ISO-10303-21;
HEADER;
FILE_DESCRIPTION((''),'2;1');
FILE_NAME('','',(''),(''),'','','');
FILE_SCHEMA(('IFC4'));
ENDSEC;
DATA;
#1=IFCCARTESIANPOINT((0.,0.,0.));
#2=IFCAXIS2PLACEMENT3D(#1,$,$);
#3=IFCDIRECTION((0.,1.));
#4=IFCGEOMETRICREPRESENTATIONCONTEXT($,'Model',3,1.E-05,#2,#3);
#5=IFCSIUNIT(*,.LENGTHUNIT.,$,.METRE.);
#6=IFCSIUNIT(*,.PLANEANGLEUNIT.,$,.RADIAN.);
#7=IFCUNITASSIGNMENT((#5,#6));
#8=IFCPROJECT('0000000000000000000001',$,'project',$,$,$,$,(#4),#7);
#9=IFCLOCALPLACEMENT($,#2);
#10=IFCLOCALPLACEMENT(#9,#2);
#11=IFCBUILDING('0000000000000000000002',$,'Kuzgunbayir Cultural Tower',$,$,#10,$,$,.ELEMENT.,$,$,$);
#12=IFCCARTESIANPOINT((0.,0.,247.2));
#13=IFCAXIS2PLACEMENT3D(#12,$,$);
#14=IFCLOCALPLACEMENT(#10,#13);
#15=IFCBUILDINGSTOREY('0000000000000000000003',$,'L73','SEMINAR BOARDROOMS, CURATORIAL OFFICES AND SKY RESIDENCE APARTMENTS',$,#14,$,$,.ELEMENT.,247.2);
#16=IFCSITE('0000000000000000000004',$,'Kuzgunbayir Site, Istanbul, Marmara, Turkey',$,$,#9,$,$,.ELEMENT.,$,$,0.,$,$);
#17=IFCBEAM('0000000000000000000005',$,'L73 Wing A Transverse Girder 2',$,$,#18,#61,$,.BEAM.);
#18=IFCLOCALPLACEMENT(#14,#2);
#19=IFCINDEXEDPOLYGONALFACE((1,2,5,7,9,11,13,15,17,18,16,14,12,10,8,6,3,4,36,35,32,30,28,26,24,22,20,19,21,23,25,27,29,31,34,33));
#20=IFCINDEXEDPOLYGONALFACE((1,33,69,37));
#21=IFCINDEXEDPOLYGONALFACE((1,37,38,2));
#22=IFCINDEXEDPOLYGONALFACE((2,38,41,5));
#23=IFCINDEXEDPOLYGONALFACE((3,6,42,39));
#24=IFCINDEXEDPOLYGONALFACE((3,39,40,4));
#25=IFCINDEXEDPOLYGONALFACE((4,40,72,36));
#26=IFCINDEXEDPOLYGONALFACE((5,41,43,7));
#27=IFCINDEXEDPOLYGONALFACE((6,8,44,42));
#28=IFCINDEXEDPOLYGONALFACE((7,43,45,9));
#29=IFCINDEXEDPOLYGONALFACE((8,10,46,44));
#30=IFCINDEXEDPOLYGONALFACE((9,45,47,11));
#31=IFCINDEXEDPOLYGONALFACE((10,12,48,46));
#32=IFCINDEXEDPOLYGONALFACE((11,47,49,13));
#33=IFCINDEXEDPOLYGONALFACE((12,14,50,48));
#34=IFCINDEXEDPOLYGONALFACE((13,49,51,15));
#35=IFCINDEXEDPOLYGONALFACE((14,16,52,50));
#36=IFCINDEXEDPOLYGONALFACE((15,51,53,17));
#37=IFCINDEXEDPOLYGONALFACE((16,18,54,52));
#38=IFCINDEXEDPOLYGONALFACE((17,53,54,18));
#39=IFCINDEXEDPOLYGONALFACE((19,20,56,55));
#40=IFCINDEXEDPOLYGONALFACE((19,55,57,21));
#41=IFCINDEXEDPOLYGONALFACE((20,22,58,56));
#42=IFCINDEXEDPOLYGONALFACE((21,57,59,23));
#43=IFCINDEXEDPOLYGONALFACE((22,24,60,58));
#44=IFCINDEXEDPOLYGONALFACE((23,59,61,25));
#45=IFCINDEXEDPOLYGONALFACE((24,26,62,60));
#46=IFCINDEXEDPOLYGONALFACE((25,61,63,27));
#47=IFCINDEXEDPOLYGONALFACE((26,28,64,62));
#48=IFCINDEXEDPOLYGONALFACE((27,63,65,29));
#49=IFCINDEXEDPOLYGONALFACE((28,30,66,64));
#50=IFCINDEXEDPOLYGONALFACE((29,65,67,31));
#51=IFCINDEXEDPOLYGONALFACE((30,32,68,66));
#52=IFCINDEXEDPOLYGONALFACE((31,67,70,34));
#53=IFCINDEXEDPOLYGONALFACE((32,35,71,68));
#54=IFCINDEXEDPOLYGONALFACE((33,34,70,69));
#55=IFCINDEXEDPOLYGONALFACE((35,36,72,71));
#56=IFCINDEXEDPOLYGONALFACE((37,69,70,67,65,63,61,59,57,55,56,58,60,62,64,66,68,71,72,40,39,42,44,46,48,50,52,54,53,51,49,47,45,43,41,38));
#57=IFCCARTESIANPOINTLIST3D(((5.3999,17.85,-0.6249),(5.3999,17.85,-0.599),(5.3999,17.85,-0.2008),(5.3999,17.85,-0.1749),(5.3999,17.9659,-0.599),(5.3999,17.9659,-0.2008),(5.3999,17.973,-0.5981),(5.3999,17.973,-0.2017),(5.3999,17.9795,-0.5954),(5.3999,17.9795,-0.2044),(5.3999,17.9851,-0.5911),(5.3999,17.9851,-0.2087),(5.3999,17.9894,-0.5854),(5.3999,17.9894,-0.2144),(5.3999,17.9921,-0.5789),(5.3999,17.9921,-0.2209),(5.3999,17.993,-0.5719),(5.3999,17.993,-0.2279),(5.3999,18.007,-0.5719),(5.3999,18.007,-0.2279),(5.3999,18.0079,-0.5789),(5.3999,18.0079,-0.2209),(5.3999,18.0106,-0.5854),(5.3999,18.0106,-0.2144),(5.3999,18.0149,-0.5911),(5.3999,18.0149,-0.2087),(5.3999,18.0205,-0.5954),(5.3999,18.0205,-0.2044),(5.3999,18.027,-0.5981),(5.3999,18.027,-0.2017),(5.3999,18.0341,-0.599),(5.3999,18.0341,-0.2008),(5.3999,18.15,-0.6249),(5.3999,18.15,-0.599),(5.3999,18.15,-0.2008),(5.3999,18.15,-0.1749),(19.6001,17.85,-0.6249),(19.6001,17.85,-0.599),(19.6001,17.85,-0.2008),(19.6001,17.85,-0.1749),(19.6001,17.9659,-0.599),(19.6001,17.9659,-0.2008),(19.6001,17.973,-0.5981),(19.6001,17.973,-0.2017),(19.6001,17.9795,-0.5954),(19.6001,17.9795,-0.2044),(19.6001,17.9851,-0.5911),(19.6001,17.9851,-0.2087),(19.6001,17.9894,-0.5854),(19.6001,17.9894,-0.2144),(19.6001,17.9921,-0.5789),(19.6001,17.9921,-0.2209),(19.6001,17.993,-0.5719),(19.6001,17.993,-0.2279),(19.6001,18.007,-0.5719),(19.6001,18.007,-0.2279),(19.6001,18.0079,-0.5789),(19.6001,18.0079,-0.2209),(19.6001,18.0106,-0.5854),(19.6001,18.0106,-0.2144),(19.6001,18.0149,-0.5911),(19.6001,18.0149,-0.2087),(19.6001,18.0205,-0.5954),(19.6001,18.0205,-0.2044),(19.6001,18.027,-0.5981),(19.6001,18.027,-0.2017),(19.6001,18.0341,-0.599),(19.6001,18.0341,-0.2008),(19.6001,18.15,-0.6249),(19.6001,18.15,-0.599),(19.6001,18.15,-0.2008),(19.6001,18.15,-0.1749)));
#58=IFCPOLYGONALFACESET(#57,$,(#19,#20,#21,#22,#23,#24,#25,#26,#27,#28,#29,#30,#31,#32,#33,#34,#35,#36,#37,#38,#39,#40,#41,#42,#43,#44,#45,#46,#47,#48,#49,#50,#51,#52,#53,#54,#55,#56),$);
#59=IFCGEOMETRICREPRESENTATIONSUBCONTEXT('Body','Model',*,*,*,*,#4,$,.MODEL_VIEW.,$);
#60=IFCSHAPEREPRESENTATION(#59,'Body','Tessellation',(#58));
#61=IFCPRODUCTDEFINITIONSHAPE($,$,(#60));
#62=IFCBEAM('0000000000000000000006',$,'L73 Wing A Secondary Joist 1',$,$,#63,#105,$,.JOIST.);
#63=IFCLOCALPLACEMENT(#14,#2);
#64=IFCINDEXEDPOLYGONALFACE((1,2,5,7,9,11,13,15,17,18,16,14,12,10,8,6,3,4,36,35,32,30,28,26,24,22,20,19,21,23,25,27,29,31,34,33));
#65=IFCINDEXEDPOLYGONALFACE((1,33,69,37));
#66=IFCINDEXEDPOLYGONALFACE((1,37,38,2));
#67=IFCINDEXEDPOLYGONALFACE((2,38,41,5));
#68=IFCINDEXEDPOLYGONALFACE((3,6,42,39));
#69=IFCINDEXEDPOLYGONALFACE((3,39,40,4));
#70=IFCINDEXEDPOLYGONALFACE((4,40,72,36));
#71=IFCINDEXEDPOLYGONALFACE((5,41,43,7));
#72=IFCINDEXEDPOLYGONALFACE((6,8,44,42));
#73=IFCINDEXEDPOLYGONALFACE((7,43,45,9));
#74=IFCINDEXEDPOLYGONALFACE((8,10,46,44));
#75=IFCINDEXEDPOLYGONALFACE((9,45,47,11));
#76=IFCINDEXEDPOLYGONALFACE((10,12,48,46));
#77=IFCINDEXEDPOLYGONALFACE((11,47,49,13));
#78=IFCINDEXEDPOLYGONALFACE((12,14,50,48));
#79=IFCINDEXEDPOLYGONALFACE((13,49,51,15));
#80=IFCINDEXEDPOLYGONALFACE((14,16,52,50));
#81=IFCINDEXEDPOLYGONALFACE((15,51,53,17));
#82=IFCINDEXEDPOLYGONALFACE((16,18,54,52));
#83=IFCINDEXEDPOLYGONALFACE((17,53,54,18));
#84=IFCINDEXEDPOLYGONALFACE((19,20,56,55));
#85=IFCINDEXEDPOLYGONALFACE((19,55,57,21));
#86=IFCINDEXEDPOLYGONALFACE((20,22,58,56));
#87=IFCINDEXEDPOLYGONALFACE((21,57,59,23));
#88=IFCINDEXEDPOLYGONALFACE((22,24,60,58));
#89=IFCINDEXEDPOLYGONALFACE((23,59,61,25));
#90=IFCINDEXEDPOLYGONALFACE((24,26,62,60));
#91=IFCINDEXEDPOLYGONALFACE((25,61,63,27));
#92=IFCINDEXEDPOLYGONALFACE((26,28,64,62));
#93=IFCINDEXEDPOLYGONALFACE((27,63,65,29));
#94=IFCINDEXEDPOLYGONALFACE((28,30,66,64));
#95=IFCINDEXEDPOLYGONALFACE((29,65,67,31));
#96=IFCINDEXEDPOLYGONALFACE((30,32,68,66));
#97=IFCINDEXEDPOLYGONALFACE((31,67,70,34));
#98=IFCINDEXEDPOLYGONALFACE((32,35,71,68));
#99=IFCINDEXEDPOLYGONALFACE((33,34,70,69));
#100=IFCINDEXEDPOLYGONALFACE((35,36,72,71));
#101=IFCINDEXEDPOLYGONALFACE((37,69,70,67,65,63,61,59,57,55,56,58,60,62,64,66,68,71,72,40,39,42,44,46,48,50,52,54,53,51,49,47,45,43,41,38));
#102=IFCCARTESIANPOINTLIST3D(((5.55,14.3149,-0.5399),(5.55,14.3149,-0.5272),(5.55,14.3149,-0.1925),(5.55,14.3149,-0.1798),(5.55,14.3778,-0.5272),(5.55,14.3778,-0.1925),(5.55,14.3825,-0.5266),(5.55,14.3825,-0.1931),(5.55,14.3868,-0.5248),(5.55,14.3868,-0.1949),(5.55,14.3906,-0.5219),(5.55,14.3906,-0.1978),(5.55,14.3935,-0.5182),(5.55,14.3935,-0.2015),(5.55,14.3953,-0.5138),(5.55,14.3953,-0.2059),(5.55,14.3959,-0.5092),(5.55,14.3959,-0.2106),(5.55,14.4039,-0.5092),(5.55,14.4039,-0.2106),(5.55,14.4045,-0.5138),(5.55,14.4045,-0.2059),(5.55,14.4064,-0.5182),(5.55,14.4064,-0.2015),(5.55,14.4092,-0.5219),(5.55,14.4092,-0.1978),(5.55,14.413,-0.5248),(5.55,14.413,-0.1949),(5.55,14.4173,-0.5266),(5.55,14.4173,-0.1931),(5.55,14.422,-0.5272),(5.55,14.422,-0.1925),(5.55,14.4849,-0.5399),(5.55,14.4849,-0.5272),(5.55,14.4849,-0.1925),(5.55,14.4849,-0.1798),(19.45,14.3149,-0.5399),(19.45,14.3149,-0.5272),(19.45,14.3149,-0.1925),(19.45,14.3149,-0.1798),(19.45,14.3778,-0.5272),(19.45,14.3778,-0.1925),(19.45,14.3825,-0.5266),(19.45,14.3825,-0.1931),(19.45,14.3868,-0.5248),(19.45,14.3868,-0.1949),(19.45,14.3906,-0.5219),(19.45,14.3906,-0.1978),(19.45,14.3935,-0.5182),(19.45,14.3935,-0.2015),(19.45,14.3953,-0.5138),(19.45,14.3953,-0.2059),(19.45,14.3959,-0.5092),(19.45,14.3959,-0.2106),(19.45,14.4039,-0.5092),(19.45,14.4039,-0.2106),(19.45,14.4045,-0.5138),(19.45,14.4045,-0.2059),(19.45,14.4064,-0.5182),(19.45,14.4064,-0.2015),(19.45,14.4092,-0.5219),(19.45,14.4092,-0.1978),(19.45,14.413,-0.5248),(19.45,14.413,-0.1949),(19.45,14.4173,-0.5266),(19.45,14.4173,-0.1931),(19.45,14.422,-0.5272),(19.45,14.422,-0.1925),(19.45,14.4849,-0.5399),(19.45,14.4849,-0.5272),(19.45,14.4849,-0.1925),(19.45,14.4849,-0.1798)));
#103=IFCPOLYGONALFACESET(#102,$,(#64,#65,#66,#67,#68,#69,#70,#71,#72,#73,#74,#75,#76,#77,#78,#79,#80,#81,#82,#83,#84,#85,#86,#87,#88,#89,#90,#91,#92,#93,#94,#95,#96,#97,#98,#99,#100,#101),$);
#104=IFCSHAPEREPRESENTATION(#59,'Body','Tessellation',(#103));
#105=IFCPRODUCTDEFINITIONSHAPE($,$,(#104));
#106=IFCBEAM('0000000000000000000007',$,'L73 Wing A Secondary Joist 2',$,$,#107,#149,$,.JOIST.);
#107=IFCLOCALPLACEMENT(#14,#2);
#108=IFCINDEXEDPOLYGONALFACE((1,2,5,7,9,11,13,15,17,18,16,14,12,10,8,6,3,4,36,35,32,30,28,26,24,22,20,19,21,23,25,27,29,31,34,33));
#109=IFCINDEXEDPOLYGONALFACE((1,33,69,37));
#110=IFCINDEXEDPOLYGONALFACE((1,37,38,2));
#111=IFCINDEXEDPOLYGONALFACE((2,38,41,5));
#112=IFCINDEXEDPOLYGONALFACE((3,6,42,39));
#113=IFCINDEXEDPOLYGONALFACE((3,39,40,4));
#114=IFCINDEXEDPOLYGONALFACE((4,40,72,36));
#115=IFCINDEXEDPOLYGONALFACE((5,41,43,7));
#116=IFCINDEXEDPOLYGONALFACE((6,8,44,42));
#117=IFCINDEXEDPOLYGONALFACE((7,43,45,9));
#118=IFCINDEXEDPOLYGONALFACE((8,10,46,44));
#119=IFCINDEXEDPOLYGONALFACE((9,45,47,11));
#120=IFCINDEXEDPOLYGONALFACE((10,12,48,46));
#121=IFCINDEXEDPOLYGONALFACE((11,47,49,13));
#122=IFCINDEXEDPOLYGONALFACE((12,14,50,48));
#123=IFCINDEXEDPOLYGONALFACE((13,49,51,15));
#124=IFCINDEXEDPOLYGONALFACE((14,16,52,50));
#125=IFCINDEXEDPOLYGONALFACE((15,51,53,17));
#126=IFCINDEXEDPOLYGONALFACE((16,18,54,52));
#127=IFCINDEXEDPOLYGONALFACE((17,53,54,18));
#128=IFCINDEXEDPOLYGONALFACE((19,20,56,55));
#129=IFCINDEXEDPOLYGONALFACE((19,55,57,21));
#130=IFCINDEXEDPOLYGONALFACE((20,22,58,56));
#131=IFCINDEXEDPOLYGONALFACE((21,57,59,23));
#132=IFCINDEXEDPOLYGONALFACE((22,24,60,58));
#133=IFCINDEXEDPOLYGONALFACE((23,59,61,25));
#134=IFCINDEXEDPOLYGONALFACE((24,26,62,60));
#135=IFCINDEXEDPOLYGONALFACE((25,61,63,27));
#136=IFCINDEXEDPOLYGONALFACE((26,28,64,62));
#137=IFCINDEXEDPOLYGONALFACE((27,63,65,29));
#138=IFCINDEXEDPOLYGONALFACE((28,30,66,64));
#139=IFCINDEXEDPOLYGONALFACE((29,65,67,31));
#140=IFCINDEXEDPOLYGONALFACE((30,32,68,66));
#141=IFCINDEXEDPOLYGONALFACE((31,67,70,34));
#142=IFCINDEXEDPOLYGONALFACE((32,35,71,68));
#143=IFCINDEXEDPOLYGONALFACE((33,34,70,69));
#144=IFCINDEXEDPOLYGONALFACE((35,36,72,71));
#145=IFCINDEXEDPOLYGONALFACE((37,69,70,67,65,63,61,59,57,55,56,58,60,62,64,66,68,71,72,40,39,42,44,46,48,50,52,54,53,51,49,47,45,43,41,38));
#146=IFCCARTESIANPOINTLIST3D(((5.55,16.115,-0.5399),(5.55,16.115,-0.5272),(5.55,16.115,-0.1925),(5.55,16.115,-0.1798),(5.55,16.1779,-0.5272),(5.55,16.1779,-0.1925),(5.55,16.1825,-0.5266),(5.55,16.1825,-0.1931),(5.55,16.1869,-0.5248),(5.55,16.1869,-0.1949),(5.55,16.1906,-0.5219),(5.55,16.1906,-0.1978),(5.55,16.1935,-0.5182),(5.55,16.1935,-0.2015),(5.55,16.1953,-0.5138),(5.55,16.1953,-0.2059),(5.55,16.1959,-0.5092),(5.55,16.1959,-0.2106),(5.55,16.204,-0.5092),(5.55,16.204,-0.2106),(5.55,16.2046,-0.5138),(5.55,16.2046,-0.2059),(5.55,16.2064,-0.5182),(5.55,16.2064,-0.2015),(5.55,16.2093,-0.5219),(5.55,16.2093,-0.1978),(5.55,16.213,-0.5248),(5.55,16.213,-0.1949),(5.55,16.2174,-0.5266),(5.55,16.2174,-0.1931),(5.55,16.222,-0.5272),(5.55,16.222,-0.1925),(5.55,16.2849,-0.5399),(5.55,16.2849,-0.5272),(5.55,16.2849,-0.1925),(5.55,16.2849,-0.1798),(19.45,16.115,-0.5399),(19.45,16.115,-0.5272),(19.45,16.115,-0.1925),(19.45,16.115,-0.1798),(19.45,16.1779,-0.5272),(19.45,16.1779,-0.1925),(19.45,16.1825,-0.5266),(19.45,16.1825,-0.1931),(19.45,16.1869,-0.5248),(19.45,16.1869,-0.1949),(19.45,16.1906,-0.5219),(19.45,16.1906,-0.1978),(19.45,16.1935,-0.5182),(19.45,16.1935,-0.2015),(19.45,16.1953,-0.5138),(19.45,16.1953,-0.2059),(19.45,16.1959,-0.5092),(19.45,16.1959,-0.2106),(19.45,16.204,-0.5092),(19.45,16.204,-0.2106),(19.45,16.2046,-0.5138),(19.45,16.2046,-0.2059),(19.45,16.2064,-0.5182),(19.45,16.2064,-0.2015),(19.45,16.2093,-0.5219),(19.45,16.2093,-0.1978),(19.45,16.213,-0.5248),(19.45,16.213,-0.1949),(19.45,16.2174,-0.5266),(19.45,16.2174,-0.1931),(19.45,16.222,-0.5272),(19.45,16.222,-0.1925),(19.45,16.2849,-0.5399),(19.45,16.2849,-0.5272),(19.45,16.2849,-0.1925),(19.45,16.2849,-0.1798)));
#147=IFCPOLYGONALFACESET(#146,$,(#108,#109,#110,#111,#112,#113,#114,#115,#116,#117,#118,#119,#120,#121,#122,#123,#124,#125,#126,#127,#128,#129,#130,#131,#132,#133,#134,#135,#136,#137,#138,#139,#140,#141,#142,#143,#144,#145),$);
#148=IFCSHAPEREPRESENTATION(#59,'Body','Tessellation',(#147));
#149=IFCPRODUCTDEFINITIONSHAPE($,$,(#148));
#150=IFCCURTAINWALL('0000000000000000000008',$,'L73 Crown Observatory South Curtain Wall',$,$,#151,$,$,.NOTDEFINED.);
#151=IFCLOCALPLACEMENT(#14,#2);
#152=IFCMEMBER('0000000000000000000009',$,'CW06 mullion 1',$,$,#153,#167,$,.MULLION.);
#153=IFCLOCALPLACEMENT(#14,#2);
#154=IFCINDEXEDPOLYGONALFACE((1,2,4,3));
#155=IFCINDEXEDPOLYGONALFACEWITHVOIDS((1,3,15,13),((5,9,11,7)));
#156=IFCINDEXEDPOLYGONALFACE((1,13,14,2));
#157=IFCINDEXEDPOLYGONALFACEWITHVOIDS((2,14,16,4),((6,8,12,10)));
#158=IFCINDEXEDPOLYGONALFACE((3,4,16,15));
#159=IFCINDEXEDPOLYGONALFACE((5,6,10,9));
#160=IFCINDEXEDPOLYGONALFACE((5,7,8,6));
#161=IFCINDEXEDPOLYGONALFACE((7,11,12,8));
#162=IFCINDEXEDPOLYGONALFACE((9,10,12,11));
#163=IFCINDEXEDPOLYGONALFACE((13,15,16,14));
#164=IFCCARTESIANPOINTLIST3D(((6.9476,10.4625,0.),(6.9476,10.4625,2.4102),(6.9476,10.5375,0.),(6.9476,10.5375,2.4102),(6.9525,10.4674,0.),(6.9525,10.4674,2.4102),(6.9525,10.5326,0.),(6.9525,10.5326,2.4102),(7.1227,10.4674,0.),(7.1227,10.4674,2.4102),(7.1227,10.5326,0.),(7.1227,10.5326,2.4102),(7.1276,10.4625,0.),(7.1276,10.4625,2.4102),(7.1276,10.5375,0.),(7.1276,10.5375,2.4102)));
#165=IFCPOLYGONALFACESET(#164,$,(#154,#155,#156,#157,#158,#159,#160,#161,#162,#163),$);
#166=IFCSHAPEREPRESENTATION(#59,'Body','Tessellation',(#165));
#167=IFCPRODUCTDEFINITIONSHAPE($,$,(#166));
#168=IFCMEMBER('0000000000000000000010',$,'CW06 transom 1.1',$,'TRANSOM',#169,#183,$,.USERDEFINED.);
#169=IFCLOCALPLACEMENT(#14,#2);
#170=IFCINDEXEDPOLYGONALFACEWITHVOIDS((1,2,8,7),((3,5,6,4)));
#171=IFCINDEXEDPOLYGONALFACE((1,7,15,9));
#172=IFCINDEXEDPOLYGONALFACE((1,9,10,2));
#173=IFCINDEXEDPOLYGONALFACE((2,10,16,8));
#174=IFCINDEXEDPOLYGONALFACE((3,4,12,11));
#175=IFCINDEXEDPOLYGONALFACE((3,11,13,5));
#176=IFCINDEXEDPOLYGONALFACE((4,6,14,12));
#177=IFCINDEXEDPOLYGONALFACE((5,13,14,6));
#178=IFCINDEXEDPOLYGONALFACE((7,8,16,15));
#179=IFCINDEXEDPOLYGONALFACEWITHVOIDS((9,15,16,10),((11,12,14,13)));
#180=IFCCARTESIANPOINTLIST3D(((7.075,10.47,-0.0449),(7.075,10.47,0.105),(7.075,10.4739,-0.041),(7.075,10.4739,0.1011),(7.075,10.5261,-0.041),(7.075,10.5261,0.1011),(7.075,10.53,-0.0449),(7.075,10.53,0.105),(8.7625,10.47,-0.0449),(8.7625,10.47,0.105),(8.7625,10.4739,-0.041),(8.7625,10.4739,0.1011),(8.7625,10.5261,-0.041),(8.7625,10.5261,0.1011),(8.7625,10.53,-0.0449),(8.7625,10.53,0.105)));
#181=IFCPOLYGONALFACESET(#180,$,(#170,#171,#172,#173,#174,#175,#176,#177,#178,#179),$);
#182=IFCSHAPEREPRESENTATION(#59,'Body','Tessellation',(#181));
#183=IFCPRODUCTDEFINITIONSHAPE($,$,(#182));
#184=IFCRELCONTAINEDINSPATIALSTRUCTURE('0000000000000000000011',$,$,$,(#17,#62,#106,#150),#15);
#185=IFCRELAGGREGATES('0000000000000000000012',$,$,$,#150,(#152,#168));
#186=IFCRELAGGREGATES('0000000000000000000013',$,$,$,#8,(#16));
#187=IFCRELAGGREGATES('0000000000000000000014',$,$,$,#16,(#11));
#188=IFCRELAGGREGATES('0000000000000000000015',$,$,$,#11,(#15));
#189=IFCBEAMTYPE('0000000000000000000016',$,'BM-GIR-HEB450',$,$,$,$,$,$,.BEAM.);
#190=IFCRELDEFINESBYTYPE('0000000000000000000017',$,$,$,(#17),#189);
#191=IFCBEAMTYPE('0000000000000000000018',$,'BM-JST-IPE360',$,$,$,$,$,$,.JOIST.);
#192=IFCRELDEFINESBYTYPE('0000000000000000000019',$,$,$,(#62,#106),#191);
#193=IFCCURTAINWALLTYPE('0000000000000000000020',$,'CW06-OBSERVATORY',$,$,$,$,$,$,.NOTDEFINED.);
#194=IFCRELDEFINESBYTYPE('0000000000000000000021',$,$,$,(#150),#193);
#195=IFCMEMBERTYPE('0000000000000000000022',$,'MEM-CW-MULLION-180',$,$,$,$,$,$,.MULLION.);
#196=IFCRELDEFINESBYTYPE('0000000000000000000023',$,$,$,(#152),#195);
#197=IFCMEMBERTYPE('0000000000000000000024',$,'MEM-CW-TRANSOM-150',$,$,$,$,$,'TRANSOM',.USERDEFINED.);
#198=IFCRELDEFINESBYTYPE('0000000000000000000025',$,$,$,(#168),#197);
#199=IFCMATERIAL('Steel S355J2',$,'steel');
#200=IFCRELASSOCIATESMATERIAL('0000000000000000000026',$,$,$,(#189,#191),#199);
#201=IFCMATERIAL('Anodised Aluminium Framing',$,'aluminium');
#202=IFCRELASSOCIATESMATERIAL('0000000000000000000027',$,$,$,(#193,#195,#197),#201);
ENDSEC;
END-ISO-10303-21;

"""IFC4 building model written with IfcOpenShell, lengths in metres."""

from ifc_helpers import new_model, si_unit, direction, frame, origin, origin_2d, place, context, subcontext, project, spatial, hollow_rectangle, i_section, extrude, material, material_profile, profile_set, type_object, element, aggregate, save


model = new_model("IFC4")

# Units and contexts
model_context = context("Model", 3, precision=1e-05, world=origin(), true_north=direction((0.0, 1.0)))
body_context = subcontext(model_context, "Body", "Model", "MODEL_VIEW")
ifc_project = project(units=[si_unit("LENGTHUNIT", "METRE"), si_unit("PLANEANGLEUNIT", "RADIAN")], contexts=[model_context])

# Site, building, storey
site_placement = place(None, origin())
site = spatial("IfcSite", under=ifc_project, at=site_placement, Name="Kuzgunbayir Site, Istanbul, Marmara, Turkey", CompositionType="ELEMENT", RefElevation=0.0)
building_placement = place(site_placement, origin())
building = spatial("IfcBuilding", under=site, at=building_placement, Name="Kuzgunbayir Cultural Tower", CompositionType="ELEMENT")
storey_placement = place(building_placement, frame((0.0, 0.0, 247.2)))
storey = spatial("IfcBuildingStorey", under=building, at=storey_placement, Name="L73", Description="SEMINAR BOARDROOMS, CURATORIAL OFFICES AND SKY RESIDENCE APARTMENTS", CompositionType="ELEMENT", Elevation=247.2)

# Beams
ifc_material_1 = material(Name="Steel S355J2", Category="steel")
ifc_material_profile_1 = material_profile(ifc_material_1, i_section(OverallWidth=0.3, OverallDepth=0.45, WebThickness=0.0139, FlangeThickness=0.0259, FilletRadius=0.0271, at=origin_2d()), Name="HEB 450")
ifc_profile_set_1 = profile_set([ifc_material_profile_1], Name="Steel S355J2")
beam_type_1 = type_object("IfcBeamType", Name="BM-GIR-HEB450", PredefinedType="BEAM", material=ifc_profile_set_1)
for number, where, z_axis, x_axis, name in (
    (1, (5.3999, 18.0, -0.3999), (1.0, 0.0, 0.0), (0.0, 1.0, 0.0), "L73 Wing A Transverse Girder 2"),
):
    element("IfcBeam", number, at=place(storey_placement, frame(where, z_axis=z_axis, x_axis=x_axis)), inside=storey, type_object=beam_type_1, Name=name, PredefinedType="BEAM", context=body_context, shape_type="SweptSolid", body=[
        extrude(i_section(OverallWidth=0.3, OverallDepth=0.45, WebThickness=0.0139, FlangeThickness=0.0259, FilletRadius=0.0271, at=origin_2d()), origin(), (0.0, 0.0, 1.0), 14.2002),
    ])
ifc_material_profile_2 = material_profile(ifc_material_1, i_section(OverallWidth=0.1699, OverallDepth=0.3601, WebThickness=0.0081, FlangeThickness=0.0127, FilletRadius=0.0181, at=origin_2d()), Name="IPE 360")
ifc_profile_set_2 = profile_set([ifc_material_profile_2], Name="Steel S355J2")
beam_type_2 = type_object("IfcBeamType", Name="BM-JST-IPE360", PredefinedType="JOIST", material=ifc_profile_set_2)
for number, where, z_axis, x_axis, name in (
    (2, (5.55, 14.3999, -0.3599), (1.0, 0.0, 0.0), (0.0, 1.0, 0.0), "L73 Wing A Secondary Joist 1"),
    (3, (5.55, 16.2, -0.3599), (1.0, 0.0, 0.0), (0.0, 1.0, 0.0), "L73 Wing A Secondary Joist 2"),
):
    element("IfcBeam", number, at=place(storey_placement, frame(where, z_axis=z_axis, x_axis=x_axis)), inside=storey, type_object=beam_type_2, Name=name, PredefinedType="JOIST", context=body_context, shape_type="SweptSolid", body=[
        extrude(i_section(OverallWidth=0.1699, OverallDepth=0.3601, WebThickness=0.0081, FlangeThickness=0.0127, FilletRadius=0.0181, at=origin_2d()), origin(), (0.0, 0.0, 1.0), 13.8999),
    ])

# Curtain wall, members
ifc_material_2 = material(Name="Anodised Aluminium Framing", Category="aluminium")
curtain_wall_type = type_object("IfcCurtainWallType", Name="CW06-OBSERVATORY", PredefinedType="NOTDEFINED", material=ifc_material_2)
curtain_wall_placement = place(storey_placement, origin())
curtain_wall = element("IfcCurtainWall", 4, at=curtain_wall_placement, inside=storey, type_object=curtain_wall_type, Name="L73 Crown Observatory South Curtain Wall", PredefinedType="NOTDEFINED")
ifc_material_profile_3 = material_profile(ifc_material_2, hollow_rectangle(XDim=0.075, YDim=0.1799, WallThickness=0.0049, at=origin_2d()), Name="RHS 180x75x5")
ifc_profile_set_3 = profile_set([ifc_material_profile_3], Name="Anodised Aluminium Framing")
member_type_1 = type_object("IfcMemberType", Name="MEM-CW-MULLION-180", PredefinedType="MULLION", material=ifc_profile_set_3)
member_1_placement = place(storey_placement, frame((7.0376, 10.5, 0.0), z_axis=(0.0, 0.0, 1.0), x_axis=(0.0, 1.0, 0.0)))
member_1 = element("IfcMember", 5, at=member_1_placement, type_object=member_type_1, Name="CW06 mullion 1", PredefinedType="MULLION", context=body_context, shape_type="SweptSolid", body=[
    extrude(hollow_rectangle(XDim=0.075, YDim=0.1799, WallThickness=0.0049, at=origin_2d()), origin(), (0.0, 0.0, 1.0), 2.4102),
])
ifc_material_profile_4 = material_profile(ifc_material_2, hollow_rectangle(XDim=0.0601, YDim=0.1499, WallThickness=0.0039, at=origin_2d()), Name="RHS 150x60x4")
ifc_profile_set_4 = profile_set([ifc_material_profile_4], Name="Anodised Aluminium Framing")
member_type_2 = type_object("IfcMemberType", Name="MEM-CW-TRANSOM-150", ElementType="TRANSOM", PredefinedType="USERDEFINED", material=ifc_profile_set_4)
member_2_placement = place(storey_placement, frame((7.075, 10.5, 0.03), z_axis=(1.0, 0.0, 0.0), x_axis=(0.0, 1.0, 0.0)))
member_2 = element("IfcMember", 6, at=member_2_placement, type_object=member_type_2, Name="CW06 transom 1.1", ObjectType="TRANSOM", PredefinedType="USERDEFINED", context=body_context, shape_type="SweptSolid", body=[
    extrude(hollow_rectangle(XDim=0.0601, YDim=0.1499, WallThickness=0.0039, at=origin_2d()), origin(), (0.0, 0.0, 1.0), 1.6875),
])
aggregate(curtain_wall, [member_1, member_2])

save(model, "model.ifc")
